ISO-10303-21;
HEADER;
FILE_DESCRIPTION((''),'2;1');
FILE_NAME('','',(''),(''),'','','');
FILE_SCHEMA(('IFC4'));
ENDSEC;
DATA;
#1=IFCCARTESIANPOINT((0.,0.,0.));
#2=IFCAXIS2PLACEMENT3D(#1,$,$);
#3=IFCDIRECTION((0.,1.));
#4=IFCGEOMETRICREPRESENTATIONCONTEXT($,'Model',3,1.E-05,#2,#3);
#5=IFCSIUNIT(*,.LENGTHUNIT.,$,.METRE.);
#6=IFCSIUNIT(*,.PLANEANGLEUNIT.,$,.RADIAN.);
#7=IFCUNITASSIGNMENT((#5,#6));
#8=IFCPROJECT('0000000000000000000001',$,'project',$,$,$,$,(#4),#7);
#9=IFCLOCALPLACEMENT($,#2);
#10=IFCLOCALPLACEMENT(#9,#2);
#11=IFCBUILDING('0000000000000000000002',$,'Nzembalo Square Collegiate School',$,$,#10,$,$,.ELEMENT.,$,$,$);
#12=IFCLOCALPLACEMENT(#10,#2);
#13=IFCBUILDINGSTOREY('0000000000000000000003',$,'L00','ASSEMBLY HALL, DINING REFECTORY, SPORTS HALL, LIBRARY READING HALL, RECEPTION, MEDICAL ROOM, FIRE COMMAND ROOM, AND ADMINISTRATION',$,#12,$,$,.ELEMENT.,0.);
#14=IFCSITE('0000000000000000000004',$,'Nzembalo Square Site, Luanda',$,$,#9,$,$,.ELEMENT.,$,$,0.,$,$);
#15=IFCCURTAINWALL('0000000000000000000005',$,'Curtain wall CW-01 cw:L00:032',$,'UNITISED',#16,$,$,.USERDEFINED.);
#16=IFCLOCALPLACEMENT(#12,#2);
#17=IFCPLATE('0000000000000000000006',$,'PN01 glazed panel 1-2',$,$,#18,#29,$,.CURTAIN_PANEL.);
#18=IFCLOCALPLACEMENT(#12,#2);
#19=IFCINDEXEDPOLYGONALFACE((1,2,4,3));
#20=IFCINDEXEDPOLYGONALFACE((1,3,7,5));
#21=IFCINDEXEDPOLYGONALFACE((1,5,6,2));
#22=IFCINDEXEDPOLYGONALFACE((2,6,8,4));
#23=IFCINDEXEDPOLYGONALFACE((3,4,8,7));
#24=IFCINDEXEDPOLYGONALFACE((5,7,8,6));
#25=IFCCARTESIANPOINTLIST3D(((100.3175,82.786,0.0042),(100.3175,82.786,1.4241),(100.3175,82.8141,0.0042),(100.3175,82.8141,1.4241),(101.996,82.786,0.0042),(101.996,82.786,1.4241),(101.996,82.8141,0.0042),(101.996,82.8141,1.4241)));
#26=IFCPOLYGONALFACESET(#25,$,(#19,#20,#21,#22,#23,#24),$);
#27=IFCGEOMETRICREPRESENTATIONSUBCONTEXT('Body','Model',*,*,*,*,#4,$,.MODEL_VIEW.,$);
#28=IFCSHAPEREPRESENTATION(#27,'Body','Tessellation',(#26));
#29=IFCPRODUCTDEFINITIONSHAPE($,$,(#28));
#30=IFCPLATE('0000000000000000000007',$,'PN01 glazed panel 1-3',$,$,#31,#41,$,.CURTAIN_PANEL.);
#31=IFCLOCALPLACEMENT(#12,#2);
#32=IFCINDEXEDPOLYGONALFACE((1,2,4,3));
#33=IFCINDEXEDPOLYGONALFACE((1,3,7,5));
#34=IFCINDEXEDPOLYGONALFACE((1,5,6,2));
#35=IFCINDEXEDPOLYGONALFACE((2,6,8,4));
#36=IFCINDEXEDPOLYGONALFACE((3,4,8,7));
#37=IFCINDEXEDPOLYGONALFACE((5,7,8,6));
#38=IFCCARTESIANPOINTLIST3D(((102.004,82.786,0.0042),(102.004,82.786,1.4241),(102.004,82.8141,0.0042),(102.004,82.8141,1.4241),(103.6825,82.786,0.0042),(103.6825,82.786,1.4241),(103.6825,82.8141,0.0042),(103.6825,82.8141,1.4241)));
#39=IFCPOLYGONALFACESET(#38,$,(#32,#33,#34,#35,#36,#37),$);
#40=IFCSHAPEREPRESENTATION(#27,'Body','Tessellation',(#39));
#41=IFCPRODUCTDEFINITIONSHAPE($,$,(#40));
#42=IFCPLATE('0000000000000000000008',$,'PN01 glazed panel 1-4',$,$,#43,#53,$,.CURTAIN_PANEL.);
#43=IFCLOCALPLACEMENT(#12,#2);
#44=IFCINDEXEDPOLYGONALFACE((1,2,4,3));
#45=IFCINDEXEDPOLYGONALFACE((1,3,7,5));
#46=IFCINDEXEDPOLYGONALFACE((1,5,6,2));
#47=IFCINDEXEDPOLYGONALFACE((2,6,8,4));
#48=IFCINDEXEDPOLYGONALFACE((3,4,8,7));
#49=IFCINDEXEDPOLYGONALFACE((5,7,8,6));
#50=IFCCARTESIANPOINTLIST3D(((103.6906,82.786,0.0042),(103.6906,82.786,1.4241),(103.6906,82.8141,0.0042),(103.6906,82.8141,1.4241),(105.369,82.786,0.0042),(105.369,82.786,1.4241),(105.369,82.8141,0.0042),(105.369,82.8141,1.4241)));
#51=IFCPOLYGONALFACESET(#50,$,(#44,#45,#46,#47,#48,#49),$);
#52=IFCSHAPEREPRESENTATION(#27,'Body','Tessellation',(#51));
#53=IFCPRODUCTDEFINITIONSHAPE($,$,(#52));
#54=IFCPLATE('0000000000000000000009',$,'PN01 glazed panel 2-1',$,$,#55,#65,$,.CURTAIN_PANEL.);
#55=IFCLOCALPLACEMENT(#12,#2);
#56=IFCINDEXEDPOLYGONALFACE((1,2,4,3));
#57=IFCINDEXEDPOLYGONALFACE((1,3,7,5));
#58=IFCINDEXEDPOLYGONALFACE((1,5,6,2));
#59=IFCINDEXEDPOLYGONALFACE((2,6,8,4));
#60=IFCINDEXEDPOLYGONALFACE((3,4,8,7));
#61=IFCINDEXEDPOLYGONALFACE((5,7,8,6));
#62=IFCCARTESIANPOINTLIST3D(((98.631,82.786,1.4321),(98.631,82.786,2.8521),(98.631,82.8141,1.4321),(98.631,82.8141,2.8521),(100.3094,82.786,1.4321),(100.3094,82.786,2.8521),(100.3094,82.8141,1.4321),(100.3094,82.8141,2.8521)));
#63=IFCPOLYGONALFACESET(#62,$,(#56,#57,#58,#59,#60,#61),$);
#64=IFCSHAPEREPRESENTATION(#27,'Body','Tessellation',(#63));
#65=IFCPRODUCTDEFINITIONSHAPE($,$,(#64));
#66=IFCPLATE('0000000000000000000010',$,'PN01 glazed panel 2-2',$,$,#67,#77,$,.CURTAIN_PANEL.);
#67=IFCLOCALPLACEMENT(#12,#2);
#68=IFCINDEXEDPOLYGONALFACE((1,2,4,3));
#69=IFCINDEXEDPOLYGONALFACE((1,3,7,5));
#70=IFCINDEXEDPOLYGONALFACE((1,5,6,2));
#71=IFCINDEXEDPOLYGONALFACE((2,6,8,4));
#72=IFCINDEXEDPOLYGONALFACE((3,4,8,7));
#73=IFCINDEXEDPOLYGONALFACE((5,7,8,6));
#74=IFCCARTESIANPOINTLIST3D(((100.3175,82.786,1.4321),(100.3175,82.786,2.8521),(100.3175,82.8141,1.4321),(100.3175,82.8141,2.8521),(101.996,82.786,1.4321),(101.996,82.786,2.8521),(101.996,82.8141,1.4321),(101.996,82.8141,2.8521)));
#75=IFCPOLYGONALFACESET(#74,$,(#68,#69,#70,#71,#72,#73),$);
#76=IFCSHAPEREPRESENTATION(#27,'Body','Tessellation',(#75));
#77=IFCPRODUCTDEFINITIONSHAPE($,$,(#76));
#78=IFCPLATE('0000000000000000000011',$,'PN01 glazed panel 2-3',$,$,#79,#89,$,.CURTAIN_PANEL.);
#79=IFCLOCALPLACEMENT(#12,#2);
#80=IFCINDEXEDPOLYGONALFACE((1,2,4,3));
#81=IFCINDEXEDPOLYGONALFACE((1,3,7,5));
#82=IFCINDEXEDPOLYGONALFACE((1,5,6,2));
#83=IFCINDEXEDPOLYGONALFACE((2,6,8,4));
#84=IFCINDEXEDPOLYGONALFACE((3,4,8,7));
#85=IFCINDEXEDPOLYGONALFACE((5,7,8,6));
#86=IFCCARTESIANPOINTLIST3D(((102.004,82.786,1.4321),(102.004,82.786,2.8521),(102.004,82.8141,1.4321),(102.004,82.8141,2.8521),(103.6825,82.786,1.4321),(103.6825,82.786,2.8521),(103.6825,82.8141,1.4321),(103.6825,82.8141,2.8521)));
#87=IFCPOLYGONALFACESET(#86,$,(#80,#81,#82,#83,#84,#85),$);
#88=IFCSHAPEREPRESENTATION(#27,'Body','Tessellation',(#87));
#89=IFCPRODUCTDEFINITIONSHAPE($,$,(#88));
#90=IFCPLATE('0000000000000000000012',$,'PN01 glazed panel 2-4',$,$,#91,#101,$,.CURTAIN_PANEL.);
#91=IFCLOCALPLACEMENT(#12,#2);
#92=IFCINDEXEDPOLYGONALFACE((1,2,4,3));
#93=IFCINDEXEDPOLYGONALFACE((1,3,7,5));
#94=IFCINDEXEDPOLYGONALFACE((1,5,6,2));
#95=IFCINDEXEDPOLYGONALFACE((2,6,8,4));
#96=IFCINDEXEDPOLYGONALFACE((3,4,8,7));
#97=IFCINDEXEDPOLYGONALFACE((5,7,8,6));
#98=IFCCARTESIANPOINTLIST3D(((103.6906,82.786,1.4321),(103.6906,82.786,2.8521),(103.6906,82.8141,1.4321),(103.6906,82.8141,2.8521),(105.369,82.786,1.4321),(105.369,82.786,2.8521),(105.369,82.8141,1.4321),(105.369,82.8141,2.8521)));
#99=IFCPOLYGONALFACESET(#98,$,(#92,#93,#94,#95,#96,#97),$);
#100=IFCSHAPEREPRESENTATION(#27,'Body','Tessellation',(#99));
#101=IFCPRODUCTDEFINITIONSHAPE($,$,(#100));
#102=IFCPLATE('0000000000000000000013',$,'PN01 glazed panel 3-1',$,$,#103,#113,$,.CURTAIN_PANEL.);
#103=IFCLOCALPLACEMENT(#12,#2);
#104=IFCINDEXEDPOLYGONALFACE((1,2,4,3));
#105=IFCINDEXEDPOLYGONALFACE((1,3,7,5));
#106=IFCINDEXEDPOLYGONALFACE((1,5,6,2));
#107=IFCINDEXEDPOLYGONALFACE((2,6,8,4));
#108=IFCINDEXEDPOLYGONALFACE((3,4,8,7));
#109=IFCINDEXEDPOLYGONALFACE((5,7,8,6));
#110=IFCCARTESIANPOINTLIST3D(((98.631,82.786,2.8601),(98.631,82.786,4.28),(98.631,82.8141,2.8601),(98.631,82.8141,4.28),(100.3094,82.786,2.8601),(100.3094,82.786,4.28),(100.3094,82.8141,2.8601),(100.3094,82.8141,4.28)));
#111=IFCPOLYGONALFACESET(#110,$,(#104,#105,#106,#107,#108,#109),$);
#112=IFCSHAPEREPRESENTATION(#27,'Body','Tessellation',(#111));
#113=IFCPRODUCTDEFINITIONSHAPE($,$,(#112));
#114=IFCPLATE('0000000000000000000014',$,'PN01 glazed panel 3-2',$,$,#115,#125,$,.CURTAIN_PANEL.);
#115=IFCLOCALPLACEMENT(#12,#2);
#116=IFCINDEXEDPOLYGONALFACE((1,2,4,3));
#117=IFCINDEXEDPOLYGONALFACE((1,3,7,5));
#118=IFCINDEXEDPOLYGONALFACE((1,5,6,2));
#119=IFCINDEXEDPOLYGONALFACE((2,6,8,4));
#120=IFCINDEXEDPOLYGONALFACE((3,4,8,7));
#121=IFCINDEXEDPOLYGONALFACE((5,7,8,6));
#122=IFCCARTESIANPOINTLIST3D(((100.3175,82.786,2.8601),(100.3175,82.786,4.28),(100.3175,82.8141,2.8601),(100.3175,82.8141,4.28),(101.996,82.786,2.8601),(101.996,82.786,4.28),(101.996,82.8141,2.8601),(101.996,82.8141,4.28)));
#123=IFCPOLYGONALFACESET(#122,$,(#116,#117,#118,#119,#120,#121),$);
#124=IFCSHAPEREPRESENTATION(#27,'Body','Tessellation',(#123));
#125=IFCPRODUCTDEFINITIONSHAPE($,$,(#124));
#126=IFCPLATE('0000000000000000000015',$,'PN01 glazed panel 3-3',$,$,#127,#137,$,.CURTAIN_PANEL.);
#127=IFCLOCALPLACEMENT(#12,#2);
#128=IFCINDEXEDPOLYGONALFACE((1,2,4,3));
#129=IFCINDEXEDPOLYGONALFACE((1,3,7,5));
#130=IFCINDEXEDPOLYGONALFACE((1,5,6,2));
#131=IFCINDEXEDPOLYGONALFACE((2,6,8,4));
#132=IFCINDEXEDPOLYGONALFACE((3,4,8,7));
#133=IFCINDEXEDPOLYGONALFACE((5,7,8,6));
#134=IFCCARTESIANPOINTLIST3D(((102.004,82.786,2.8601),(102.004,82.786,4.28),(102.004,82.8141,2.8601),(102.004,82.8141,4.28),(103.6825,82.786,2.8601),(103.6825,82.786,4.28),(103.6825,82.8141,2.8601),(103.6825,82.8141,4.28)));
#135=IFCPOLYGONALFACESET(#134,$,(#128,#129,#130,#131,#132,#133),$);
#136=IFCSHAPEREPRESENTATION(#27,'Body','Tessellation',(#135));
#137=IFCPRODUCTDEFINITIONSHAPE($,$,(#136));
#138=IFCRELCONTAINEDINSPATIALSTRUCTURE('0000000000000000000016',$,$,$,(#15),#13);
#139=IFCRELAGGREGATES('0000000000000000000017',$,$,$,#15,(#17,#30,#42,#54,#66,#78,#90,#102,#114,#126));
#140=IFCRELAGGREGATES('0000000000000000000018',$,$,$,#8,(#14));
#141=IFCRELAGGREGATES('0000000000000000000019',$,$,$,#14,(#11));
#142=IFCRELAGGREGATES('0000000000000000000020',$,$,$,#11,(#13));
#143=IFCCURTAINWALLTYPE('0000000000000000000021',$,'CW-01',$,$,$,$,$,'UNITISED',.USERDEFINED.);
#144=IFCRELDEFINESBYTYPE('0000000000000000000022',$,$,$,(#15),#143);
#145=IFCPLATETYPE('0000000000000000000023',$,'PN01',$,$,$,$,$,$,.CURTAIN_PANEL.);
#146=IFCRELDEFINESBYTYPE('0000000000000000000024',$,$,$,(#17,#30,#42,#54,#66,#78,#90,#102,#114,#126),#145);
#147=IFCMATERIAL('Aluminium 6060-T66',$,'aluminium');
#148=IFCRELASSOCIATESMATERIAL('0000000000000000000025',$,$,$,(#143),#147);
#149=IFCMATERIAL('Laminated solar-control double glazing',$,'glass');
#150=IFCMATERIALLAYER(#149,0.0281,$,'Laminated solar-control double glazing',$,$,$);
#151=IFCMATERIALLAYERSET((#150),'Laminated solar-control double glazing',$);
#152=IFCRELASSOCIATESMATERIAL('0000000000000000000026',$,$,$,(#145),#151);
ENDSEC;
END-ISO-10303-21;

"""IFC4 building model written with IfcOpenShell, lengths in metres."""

from ifc_helpers import new_model, si_unit, direction, frame, origin, origin_2d, place, context, subcontext, project, spatial, rectangle, extrude, material, layer, layer_set, type_object, element, aggregate, save


model = new_model("IFC4")

# Units and contexts
model_context = context("Model", 3, precision=1e-05, world=origin(), true_north=direction((0.0, 1.0)))
body_context = subcontext(model_context, "Body", "Model", "MODEL_VIEW")
ifc_project = project(units=[si_unit("LENGTHUNIT", "METRE"), si_unit("PLANEANGLEUNIT", "RADIAN")], contexts=[model_context])

# Site, building, storey
site_placement = place(None, origin())
site = spatial("IfcSite", under=ifc_project, at=site_placement, Name="Nzembalo Square Site, Luanda", CompositionType="ELEMENT", RefElevation=0.0)
building_placement = place(site_placement, origin())
building = spatial("IfcBuilding", under=site, at=building_placement, Name="Nzembalo Square Collegiate School", CompositionType="ELEMENT")
storey_placement = place(building_placement, origin())
storey = spatial("IfcBuildingStorey", under=building, at=storey_placement, Name="L00", Description="ASSEMBLY HALL, DINING REFECTORY, SPORTS HALL, LIBRARY READING HALL, RECEPTION, MEDICAL ROOM, FIRE COMMAND ROOM, AND ADMINISTRATION", CompositionType="ELEMENT", Elevation=0.0)

# Curtain wall, plates
ifc_material_1 = material(Name="Aluminium 6060-T66", Category="aluminium")
curtain_wall_type = type_object("IfcCurtainWallType", Name="CW-01", ElementType="UNITISED", PredefinedType="USERDEFINED", material=ifc_material_1)
curtain_wall_placement = place(storey_placement, origin())
curtain_wall = element("IfcCurtainWall", 1, at=curtain_wall_placement, inside=storey, type_object=curtain_wall_type, Name="Curtain wall CW-01 cw:L00:032", ObjectType="UNITISED", PredefinedType="USERDEFINED")
ifc_material_2 = material(Name="Laminated solar-control double glazing", Category="glass")
ifc_layer = layer(ifc_material_2, 0.0281, Name="Laminated solar-control double glazing")
ifc_layer_set = layer_set([ifc_layer], Name="Laminated solar-control double glazing")
plate_type = type_object("IfcPlateType", Name="PN01", PredefinedType="CURTAIN_PANEL", material=ifc_layer_set)
plate_1_placement = place(storey_placement, frame((101.1567, 82.8, 0.0042), z_axis=(0.0, 0.0, 1.0), x_axis=(1.0, 0.0, 0.0)))
plate_1 = element("IfcPlate", 2, at=plate_1_placement, type_object=plate_type, Name="PN01 glazed panel 1-2", PredefinedType="CURTAIN_PANEL", context=body_context, shape_type="SweptSolid", body=[
    extrude(rectangle(XDim=1.6785, YDim=0.0281, at=origin_2d()), origin(), (0.0, 0.0, 1.0), 1.4199),
])
plate_2_placement = place(storey_placement, frame((102.8433, 82.8, 0.0042), z_axis=(0.0, 0.0, 1.0), x_axis=(1.0, 0.0, 0.0)))
plate_2 = element("IfcPlate", 3, at=plate_2_placement, type_object=plate_type, Name="PN01 glazed panel 1-3", PredefinedType="CURTAIN_PANEL", context=body_context, shape_type="SweptSolid", body=[
    extrude(rectangle(XDim=1.6785, YDim=0.0281, at=origin_2d()), origin(), (0.0, 0.0, 1.0), 1.4199),
])
plate_3_placement = place(storey_placement, frame((104.5298, 82.8, 0.0042), z_axis=(0.0, 0.0, 1.0), x_axis=(1.0, 0.0, 0.0)))
plate_3 = element("IfcPlate", 4, at=plate_3_placement, type_object=plate_type, Name="PN01 glazed panel 1-4", PredefinedType="CURTAIN_PANEL", context=body_context, shape_type="SweptSolid", body=[
    extrude(rectangle(XDim=1.6785, YDim=0.0281, at=origin_2d()), origin(), (0.0, 0.0, 1.0), 1.4199),
])
plate_4_placement = place(storey_placement, frame((99.4702, 82.8, 1.4321), z_axis=(0.0, 0.0, 1.0), x_axis=(1.0, 0.0, 0.0)))
plate_4 = element("IfcPlate", 5, at=plate_4_placement, type_object=plate_type, Name="PN01 glazed panel 2-1", PredefinedType="CURTAIN_PANEL", context=body_context, shape_type="SweptSolid", body=[
    extrude(rectangle(XDim=1.6785, YDim=0.0281, at=origin_2d()), origin(), (0.0, 0.0, 1.0), 1.4199),
])
plate_5_placement = place(storey_placement, frame((101.1567, 82.8, 1.4321), z_axis=(0.0, 0.0, 1.0), x_axis=(1.0, 0.0, 0.0)))
plate_5 = element("IfcPlate", 6, at=plate_5_placement, type_object=plate_type, Name="PN01 glazed panel 2-2", PredefinedType="CURTAIN_PANEL", context=body_context, shape_type="SweptSolid", body=[
    extrude(rectangle(XDim=1.6785, YDim=0.0281, at=origin_2d()), origin(), (0.0, 0.0, 1.0), 1.4199),
])
plate_6_placement = place(storey_placement, frame((102.8433, 82.8, 1.4321), z_axis=(0.0, 0.0, 1.0), x_axis=(1.0, 0.0, 0.0)))
plate_6 = element("IfcPlate", 7, at=plate_6_placement, type_object=plate_type, Name="PN01 glazed panel 2-3", PredefinedType="CURTAIN_PANEL", context=body_context, shape_type="SweptSolid", body=[
    extrude(rectangle(XDim=1.6785, YDim=0.0281, at=origin_2d()), origin(), (0.0, 0.0, 1.0), 1.4199),
])
plate_7_placement = place(storey_placement, frame((104.5298, 82.8, 1.4321), z_axis=(0.0, 0.0, 1.0), x_axis=(1.0, 0.0, 0.0)))
plate_7 = element("IfcPlate", 8, at=plate_7_placement, type_object=plate_type, Name="PN01 glazed panel 2-4", PredefinedType="CURTAIN_PANEL", context=body_context, shape_type="SweptSolid", body=[
    extrude(rectangle(XDim=1.6785, YDim=0.0281, at=origin_2d()), origin(), (0.0, 0.0, 1.0), 1.4199),
])
plate_8_placement = place(storey_placement, frame((99.4702, 82.8, 2.8601), z_axis=(0.0, 0.0, 1.0), x_axis=(1.0, 0.0, 0.0)))
plate_8 = element("IfcPlate", 9, at=plate_8_placement, type_object=plate_type, Name="PN01 glazed panel 3-1", PredefinedType="CURTAIN_PANEL", context=body_context, shape_type="SweptSolid", body=[
    extrude(rectangle(XDim=1.6785, YDim=0.0281, at=origin_2d()), origin(), (0.0, 0.0, 1.0), 1.4199),
])
plate_9_placement = place(storey_placement, frame((101.1567, 82.8, 2.8601), z_axis=(0.0, 0.0, 1.0), x_axis=(1.0, 0.0, 0.0)))
plate_9 = element("IfcPlate", 10, at=plate_9_placement, type_object=plate_type, Name="PN01 glazed panel 3-2", PredefinedType="CURTAIN_PANEL", context=body_context, shape_type="SweptSolid", body=[
    extrude(rectangle(XDim=1.6785, YDim=0.0281, at=origin_2d()), origin(), (0.0, 0.0, 1.0), 1.4199),
])
plate_10_placement = place(storey_placement, frame((102.8433, 82.8, 2.8601), z_axis=(0.0, 0.0, 1.0), x_axis=(1.0, 0.0, 0.0)))
plate_10 = element("IfcPlate", 11, at=plate_10_placement, type_object=plate_type, Name="PN01 glazed panel 3-3", PredefinedType="CURTAIN_PANEL", context=body_context, shape_type="SweptSolid", body=[
    extrude(rectangle(XDim=1.6785, YDim=0.0281, at=origin_2d()), origin(), (0.0, 0.0, 1.0), 1.4199),
])
aggregate(curtain_wall, [plate_1, plate_2, plate_3, plate_4, plate_5, plate_6, plate_7, plate_8, plate_9, plate_10])

save(model, "model.ifc")
